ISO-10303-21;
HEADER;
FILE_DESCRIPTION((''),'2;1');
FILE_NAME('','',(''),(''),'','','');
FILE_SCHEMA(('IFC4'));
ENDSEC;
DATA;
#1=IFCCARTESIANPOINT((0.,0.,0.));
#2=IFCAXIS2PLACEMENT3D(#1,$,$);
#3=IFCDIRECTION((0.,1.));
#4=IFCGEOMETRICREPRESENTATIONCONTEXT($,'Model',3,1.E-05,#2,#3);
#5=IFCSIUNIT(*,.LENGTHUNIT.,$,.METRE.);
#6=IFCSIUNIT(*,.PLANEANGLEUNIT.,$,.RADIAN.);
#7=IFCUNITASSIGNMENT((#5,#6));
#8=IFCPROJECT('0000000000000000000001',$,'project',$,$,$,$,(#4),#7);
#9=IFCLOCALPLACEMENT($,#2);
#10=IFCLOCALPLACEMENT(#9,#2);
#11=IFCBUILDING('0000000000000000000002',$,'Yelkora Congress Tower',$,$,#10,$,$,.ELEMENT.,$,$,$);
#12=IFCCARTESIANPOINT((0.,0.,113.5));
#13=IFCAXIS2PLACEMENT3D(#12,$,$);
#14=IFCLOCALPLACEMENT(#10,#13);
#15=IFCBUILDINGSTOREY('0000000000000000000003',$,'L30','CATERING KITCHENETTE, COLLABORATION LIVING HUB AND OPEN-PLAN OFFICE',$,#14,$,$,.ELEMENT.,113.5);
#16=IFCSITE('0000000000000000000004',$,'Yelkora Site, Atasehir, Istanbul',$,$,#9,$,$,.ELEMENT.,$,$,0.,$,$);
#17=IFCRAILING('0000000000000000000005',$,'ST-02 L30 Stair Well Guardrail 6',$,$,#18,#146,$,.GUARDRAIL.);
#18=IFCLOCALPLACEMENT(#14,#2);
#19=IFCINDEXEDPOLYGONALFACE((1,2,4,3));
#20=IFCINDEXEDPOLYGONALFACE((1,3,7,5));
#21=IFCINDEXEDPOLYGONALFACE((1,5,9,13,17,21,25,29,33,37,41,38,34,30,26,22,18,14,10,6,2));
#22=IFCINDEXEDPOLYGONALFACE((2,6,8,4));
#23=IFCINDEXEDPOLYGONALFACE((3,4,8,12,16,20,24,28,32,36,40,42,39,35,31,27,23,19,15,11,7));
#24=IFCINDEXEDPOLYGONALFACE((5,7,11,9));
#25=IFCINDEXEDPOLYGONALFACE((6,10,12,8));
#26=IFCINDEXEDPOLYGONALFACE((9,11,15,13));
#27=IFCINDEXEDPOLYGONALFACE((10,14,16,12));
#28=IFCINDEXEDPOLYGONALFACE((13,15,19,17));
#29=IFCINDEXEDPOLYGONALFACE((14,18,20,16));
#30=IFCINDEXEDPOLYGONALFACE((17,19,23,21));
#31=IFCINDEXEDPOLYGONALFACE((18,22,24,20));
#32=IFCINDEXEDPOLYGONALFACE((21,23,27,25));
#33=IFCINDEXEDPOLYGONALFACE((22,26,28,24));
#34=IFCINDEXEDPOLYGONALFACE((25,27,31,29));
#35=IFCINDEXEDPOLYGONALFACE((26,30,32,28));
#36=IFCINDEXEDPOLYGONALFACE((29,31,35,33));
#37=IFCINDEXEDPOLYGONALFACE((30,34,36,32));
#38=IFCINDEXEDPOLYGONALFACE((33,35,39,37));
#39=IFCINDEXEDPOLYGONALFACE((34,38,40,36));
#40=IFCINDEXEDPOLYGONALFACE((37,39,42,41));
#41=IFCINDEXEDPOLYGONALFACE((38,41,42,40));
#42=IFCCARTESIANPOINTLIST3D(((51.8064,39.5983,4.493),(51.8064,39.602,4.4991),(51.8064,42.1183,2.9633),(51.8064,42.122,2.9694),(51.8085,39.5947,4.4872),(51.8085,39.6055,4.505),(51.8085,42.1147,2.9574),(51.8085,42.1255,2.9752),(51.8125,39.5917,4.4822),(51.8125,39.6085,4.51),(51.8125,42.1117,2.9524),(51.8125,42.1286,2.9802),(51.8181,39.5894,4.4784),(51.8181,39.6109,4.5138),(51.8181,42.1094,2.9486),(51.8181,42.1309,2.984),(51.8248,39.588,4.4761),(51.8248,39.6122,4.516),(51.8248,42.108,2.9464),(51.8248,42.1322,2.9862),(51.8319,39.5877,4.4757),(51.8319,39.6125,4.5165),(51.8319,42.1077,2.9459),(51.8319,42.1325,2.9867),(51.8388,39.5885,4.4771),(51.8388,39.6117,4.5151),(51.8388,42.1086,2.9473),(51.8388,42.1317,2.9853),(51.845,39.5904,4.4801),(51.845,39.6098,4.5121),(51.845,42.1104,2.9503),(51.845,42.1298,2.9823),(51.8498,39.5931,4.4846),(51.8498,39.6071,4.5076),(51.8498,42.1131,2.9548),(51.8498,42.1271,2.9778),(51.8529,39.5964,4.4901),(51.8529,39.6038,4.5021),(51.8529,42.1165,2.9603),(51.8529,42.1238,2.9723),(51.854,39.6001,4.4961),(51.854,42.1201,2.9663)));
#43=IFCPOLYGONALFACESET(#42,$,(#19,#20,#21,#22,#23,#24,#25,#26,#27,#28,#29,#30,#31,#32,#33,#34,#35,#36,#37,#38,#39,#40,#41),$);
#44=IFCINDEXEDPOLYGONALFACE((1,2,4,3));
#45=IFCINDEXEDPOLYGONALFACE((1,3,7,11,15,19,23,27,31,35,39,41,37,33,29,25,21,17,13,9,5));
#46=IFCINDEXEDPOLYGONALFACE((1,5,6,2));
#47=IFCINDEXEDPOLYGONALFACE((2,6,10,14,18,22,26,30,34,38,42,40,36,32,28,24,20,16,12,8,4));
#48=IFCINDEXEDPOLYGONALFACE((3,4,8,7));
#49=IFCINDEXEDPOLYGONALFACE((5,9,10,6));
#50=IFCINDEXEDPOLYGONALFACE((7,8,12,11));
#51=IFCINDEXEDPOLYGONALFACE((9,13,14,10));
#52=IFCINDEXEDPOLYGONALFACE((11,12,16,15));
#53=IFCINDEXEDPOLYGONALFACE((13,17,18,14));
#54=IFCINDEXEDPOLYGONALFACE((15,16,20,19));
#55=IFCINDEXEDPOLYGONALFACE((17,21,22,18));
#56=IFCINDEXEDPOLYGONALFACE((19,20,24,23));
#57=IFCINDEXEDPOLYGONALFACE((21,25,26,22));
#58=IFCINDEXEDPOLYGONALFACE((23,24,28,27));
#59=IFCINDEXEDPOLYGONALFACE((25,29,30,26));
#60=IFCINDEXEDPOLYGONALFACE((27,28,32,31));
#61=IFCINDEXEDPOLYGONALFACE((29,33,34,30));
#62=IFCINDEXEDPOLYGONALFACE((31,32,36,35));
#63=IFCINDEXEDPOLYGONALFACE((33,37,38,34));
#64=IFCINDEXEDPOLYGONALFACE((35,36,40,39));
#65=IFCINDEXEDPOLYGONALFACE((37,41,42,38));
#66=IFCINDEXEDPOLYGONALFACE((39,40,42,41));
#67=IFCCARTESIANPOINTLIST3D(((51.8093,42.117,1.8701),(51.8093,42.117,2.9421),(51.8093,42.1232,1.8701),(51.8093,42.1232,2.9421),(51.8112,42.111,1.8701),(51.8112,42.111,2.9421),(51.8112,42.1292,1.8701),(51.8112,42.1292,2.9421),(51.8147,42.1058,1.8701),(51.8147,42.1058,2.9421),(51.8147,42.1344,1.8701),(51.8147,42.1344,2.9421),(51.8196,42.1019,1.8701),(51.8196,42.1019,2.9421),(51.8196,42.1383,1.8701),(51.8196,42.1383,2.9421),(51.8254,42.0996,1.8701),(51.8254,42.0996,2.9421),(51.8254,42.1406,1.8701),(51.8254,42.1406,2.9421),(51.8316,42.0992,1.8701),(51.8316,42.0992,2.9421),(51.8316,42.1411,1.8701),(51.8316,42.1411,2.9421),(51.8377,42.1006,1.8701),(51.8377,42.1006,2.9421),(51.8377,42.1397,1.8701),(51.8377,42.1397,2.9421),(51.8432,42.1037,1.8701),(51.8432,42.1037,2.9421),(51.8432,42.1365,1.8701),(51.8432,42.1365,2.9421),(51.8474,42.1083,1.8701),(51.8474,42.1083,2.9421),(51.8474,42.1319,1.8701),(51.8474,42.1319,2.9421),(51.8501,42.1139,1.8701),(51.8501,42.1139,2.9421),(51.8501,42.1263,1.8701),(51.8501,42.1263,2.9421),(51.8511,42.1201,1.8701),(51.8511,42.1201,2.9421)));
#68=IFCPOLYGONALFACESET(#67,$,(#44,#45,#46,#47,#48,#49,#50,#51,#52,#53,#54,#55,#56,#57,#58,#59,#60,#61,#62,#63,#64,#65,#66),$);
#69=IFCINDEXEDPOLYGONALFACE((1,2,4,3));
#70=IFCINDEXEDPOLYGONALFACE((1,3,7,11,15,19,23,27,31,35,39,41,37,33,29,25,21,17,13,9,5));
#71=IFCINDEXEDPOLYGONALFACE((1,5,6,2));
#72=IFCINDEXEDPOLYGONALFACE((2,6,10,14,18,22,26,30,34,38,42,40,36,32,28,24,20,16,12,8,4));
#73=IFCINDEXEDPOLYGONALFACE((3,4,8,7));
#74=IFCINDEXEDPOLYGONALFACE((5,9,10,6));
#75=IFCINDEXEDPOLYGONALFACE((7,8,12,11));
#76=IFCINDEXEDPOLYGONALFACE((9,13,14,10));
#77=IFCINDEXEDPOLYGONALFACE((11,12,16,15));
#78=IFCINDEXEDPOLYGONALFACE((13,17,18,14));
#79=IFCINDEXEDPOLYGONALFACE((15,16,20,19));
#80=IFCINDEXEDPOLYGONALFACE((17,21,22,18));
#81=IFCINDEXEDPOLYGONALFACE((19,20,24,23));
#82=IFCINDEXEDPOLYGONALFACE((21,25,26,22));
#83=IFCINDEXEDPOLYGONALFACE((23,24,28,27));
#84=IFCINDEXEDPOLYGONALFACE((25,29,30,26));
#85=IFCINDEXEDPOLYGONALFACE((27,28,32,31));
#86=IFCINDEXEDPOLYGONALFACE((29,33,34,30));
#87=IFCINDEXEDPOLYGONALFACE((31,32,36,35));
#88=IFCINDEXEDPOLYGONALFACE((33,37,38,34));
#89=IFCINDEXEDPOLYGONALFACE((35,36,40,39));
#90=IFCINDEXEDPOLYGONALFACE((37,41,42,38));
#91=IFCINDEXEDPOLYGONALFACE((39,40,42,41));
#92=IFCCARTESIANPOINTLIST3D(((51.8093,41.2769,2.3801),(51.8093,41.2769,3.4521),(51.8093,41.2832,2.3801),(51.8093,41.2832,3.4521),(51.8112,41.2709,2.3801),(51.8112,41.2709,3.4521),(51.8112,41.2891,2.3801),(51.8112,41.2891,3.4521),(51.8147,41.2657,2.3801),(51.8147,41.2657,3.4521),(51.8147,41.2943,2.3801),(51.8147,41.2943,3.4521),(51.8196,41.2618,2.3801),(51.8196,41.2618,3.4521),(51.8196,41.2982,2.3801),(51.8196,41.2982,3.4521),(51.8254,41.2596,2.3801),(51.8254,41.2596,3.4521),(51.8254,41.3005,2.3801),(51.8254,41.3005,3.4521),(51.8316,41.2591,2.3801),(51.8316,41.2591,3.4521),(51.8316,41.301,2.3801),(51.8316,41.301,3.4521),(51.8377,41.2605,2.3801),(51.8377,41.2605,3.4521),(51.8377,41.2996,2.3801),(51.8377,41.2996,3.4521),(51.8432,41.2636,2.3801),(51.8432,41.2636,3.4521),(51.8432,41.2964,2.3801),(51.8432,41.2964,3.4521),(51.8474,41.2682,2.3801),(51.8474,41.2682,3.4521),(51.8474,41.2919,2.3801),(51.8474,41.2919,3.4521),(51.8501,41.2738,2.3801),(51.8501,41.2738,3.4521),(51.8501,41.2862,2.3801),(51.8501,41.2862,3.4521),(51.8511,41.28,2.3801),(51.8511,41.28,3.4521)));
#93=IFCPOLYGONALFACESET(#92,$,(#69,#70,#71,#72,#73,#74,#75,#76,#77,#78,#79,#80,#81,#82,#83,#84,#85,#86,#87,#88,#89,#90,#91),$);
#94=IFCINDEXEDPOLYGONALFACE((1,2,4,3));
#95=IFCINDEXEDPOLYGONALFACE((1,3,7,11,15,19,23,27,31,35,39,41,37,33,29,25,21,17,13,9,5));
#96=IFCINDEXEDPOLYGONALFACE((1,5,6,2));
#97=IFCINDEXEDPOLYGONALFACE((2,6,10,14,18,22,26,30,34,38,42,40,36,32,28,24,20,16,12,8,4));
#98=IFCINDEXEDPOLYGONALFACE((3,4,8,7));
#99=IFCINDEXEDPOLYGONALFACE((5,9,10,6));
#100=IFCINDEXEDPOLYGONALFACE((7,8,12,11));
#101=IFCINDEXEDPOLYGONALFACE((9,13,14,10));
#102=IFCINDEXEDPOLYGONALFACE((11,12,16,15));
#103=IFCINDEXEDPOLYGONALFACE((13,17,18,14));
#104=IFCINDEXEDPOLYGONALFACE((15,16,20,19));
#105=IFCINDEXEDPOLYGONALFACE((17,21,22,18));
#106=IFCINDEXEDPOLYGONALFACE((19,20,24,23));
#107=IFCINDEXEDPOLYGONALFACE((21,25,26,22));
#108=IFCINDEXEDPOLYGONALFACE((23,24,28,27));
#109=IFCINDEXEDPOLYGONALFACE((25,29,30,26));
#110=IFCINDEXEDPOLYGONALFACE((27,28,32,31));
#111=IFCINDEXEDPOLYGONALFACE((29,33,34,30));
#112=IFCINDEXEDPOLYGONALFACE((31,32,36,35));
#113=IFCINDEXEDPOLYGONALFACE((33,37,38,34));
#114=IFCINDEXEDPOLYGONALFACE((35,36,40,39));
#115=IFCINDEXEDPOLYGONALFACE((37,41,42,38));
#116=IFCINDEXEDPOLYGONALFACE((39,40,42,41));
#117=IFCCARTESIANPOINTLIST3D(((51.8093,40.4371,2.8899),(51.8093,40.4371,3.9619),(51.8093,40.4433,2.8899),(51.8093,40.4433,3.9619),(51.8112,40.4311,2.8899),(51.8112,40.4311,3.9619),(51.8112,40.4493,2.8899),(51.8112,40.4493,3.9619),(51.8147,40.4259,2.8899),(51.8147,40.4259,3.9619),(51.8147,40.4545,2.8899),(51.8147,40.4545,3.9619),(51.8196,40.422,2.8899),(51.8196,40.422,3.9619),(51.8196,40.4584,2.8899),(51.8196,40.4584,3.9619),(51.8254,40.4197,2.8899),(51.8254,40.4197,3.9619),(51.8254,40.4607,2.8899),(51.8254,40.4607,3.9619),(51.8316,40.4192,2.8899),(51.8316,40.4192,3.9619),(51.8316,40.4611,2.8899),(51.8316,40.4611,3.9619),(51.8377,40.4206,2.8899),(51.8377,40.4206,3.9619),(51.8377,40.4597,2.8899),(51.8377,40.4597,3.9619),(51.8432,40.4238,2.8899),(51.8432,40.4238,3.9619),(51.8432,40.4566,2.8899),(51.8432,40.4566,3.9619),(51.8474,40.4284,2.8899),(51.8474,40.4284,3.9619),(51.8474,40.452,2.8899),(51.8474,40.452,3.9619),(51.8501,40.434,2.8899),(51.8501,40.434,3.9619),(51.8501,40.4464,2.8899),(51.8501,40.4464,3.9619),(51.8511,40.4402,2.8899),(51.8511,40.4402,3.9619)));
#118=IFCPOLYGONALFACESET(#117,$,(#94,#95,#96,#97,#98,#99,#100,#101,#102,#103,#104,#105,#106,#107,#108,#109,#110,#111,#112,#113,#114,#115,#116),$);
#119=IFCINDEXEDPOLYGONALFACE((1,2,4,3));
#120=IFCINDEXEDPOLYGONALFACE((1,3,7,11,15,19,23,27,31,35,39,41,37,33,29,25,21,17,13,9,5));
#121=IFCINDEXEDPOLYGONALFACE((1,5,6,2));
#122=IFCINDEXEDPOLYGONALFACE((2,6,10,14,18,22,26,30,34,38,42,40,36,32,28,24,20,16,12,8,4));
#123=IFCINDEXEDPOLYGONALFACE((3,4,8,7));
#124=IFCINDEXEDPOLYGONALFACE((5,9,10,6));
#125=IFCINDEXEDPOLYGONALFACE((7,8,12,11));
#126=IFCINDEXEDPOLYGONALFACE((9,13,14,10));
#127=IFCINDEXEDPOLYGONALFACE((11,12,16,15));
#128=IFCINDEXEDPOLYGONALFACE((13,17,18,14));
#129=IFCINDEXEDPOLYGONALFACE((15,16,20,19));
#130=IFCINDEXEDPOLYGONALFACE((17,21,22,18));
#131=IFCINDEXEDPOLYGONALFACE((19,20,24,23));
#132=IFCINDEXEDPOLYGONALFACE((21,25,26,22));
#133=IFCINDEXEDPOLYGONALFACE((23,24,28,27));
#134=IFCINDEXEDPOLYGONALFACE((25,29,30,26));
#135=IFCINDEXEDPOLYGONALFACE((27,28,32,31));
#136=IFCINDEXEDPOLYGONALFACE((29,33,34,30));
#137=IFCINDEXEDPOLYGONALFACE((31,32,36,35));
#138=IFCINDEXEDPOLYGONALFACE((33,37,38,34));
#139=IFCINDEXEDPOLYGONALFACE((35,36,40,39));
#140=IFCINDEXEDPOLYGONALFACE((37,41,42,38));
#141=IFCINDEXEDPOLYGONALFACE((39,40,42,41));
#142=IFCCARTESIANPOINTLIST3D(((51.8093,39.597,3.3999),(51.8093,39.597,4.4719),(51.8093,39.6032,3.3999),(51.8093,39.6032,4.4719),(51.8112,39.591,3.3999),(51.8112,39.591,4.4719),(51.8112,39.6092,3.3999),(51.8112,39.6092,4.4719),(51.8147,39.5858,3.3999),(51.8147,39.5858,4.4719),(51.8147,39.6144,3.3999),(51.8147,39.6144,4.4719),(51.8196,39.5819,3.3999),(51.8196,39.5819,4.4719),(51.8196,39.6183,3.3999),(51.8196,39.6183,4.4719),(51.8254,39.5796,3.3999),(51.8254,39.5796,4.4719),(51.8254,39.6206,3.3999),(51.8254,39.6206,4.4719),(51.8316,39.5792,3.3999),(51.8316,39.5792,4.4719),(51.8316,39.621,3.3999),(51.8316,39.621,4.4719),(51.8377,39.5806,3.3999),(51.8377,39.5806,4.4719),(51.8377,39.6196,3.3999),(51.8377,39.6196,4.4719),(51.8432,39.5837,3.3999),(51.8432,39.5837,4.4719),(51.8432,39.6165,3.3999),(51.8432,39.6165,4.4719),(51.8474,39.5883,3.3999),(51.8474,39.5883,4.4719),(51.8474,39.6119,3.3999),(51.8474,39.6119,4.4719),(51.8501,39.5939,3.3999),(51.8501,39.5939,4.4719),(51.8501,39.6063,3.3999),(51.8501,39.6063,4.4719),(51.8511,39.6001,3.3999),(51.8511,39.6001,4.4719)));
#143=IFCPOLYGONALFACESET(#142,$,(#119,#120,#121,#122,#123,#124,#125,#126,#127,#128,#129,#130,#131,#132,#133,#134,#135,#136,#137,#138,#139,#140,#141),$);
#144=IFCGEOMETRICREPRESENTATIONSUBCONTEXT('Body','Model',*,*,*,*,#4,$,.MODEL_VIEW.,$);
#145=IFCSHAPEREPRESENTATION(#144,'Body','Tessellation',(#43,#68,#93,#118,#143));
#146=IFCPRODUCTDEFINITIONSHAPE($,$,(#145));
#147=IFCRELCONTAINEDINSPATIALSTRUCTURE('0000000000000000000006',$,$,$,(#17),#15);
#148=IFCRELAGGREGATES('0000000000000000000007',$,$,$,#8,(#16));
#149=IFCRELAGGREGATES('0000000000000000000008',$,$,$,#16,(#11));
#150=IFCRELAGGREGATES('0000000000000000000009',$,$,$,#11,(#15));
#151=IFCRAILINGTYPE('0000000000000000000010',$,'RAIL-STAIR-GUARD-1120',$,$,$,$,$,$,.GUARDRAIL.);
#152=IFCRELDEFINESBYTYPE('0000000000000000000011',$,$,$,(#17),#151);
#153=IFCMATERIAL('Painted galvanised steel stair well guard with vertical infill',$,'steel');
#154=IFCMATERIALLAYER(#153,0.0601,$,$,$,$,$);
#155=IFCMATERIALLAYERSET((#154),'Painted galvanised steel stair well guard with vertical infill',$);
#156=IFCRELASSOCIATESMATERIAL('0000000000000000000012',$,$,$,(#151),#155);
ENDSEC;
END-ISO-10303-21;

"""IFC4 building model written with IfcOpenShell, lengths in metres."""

from ifc_helpers import new_model, si_unit, direction, frame, origin, origin_2d, place, context, subcontext, project, spatial, circle, extrude, material, layer, layer_set, type_object, element, save


model = new_model("IFC4")

# Units and contexts
model_context = context("Model", 3, precision=1e-05, world=origin(), true_north=direction((0.0, 1.0)))
body_context = subcontext(model_context, "Body", "Model", "MODEL_VIEW")
ifc_project = project(units=[si_unit("LENGTHUNIT", "METRE"), si_unit("PLANEANGLEUNIT", "RADIAN")], contexts=[model_context])

# Site, building, storey
site_placement = place(None, origin())
site = spatial("IfcSite", under=ifc_project, at=site_placement, Name="Yelkora Site, Atasehir, Istanbul", CompositionType="ELEMENT", RefElevation=0.0)
building_placement = place(site_placement, origin())
building = spatial("IfcBuilding", under=site, at=building_placement, Name="Yelkora Congress Tower", CompositionType="ELEMENT")
storey_placement = place(building_placement, frame((0.0, 0.0, 113.5)))
storey = spatial("IfcBuildingStorey", under=building, at=storey_placement, Name="L30", Description="CATERING KITCHENETTE, COLLABORATION LIVING HUB AND OPEN-PLAN OFFICE", CompositionType="ELEMENT", Elevation=113.5)

# Railing
ifc_material_1 = material(Name="Painted galvanised steel stair well guard with vertical infill", Category="steel")
ifc_layer_1 = layer(ifc_material_1, 0.0601)
ifc_layer_set_1 = layer_set([ifc_layer_1], Name="Painted galvanised steel stair well guard with vertical infill")
railing_type_1 = type_object("IfcRailingType", Name="RAIL-STAIR-GUARD-1120", PredefinedType="GUARDRAIL", material=ifc_layer_set_1)
railing_1_placement = place(storey_placement, frame((51.8301, 42.1201, 1.8701)))
element("IfcRailing", 1, at=railing_1_placement, inside=storey, type_object=railing_type_1, Name="ST-02 L30 Stair Well Guardrail 6", PredefinedType="GUARDRAIL", context=body_context, shape_type="SweptSolid", body=[
    extrude(circle(Radius=0.0239, at=origin_2d()), frame((0.0, 0.0, 1.0962), z_axis=(0.0, -0.854822, 0.518922), x_axis=(1.0, 0.0, 0.0)), (0.0, 0.0, 1.0), 2.948),
    extrude(circle(Radius=0.021, at=origin_2d()), origin(), (0.0, 0.0, 1.0), 1.072),
    extrude(circle(Radius=0.021, at=origin_2d()), frame((0.0, -0.8401, 0.51)), (0.0, 0.0, 1.0), 1.072),
    extrude(circle(Radius=0.021, at=origin_2d()), frame((0.0, -1.6799, 1.0198)), (0.0, 0.0, 1.0), 1.072),
    extrude(circle(Radius=0.021, at=origin_2d()), frame((0.0, -2.52, 1.5298)), (0.0, 0.0, 1.0), 1.072),
])

save(model, "model.ifc")
